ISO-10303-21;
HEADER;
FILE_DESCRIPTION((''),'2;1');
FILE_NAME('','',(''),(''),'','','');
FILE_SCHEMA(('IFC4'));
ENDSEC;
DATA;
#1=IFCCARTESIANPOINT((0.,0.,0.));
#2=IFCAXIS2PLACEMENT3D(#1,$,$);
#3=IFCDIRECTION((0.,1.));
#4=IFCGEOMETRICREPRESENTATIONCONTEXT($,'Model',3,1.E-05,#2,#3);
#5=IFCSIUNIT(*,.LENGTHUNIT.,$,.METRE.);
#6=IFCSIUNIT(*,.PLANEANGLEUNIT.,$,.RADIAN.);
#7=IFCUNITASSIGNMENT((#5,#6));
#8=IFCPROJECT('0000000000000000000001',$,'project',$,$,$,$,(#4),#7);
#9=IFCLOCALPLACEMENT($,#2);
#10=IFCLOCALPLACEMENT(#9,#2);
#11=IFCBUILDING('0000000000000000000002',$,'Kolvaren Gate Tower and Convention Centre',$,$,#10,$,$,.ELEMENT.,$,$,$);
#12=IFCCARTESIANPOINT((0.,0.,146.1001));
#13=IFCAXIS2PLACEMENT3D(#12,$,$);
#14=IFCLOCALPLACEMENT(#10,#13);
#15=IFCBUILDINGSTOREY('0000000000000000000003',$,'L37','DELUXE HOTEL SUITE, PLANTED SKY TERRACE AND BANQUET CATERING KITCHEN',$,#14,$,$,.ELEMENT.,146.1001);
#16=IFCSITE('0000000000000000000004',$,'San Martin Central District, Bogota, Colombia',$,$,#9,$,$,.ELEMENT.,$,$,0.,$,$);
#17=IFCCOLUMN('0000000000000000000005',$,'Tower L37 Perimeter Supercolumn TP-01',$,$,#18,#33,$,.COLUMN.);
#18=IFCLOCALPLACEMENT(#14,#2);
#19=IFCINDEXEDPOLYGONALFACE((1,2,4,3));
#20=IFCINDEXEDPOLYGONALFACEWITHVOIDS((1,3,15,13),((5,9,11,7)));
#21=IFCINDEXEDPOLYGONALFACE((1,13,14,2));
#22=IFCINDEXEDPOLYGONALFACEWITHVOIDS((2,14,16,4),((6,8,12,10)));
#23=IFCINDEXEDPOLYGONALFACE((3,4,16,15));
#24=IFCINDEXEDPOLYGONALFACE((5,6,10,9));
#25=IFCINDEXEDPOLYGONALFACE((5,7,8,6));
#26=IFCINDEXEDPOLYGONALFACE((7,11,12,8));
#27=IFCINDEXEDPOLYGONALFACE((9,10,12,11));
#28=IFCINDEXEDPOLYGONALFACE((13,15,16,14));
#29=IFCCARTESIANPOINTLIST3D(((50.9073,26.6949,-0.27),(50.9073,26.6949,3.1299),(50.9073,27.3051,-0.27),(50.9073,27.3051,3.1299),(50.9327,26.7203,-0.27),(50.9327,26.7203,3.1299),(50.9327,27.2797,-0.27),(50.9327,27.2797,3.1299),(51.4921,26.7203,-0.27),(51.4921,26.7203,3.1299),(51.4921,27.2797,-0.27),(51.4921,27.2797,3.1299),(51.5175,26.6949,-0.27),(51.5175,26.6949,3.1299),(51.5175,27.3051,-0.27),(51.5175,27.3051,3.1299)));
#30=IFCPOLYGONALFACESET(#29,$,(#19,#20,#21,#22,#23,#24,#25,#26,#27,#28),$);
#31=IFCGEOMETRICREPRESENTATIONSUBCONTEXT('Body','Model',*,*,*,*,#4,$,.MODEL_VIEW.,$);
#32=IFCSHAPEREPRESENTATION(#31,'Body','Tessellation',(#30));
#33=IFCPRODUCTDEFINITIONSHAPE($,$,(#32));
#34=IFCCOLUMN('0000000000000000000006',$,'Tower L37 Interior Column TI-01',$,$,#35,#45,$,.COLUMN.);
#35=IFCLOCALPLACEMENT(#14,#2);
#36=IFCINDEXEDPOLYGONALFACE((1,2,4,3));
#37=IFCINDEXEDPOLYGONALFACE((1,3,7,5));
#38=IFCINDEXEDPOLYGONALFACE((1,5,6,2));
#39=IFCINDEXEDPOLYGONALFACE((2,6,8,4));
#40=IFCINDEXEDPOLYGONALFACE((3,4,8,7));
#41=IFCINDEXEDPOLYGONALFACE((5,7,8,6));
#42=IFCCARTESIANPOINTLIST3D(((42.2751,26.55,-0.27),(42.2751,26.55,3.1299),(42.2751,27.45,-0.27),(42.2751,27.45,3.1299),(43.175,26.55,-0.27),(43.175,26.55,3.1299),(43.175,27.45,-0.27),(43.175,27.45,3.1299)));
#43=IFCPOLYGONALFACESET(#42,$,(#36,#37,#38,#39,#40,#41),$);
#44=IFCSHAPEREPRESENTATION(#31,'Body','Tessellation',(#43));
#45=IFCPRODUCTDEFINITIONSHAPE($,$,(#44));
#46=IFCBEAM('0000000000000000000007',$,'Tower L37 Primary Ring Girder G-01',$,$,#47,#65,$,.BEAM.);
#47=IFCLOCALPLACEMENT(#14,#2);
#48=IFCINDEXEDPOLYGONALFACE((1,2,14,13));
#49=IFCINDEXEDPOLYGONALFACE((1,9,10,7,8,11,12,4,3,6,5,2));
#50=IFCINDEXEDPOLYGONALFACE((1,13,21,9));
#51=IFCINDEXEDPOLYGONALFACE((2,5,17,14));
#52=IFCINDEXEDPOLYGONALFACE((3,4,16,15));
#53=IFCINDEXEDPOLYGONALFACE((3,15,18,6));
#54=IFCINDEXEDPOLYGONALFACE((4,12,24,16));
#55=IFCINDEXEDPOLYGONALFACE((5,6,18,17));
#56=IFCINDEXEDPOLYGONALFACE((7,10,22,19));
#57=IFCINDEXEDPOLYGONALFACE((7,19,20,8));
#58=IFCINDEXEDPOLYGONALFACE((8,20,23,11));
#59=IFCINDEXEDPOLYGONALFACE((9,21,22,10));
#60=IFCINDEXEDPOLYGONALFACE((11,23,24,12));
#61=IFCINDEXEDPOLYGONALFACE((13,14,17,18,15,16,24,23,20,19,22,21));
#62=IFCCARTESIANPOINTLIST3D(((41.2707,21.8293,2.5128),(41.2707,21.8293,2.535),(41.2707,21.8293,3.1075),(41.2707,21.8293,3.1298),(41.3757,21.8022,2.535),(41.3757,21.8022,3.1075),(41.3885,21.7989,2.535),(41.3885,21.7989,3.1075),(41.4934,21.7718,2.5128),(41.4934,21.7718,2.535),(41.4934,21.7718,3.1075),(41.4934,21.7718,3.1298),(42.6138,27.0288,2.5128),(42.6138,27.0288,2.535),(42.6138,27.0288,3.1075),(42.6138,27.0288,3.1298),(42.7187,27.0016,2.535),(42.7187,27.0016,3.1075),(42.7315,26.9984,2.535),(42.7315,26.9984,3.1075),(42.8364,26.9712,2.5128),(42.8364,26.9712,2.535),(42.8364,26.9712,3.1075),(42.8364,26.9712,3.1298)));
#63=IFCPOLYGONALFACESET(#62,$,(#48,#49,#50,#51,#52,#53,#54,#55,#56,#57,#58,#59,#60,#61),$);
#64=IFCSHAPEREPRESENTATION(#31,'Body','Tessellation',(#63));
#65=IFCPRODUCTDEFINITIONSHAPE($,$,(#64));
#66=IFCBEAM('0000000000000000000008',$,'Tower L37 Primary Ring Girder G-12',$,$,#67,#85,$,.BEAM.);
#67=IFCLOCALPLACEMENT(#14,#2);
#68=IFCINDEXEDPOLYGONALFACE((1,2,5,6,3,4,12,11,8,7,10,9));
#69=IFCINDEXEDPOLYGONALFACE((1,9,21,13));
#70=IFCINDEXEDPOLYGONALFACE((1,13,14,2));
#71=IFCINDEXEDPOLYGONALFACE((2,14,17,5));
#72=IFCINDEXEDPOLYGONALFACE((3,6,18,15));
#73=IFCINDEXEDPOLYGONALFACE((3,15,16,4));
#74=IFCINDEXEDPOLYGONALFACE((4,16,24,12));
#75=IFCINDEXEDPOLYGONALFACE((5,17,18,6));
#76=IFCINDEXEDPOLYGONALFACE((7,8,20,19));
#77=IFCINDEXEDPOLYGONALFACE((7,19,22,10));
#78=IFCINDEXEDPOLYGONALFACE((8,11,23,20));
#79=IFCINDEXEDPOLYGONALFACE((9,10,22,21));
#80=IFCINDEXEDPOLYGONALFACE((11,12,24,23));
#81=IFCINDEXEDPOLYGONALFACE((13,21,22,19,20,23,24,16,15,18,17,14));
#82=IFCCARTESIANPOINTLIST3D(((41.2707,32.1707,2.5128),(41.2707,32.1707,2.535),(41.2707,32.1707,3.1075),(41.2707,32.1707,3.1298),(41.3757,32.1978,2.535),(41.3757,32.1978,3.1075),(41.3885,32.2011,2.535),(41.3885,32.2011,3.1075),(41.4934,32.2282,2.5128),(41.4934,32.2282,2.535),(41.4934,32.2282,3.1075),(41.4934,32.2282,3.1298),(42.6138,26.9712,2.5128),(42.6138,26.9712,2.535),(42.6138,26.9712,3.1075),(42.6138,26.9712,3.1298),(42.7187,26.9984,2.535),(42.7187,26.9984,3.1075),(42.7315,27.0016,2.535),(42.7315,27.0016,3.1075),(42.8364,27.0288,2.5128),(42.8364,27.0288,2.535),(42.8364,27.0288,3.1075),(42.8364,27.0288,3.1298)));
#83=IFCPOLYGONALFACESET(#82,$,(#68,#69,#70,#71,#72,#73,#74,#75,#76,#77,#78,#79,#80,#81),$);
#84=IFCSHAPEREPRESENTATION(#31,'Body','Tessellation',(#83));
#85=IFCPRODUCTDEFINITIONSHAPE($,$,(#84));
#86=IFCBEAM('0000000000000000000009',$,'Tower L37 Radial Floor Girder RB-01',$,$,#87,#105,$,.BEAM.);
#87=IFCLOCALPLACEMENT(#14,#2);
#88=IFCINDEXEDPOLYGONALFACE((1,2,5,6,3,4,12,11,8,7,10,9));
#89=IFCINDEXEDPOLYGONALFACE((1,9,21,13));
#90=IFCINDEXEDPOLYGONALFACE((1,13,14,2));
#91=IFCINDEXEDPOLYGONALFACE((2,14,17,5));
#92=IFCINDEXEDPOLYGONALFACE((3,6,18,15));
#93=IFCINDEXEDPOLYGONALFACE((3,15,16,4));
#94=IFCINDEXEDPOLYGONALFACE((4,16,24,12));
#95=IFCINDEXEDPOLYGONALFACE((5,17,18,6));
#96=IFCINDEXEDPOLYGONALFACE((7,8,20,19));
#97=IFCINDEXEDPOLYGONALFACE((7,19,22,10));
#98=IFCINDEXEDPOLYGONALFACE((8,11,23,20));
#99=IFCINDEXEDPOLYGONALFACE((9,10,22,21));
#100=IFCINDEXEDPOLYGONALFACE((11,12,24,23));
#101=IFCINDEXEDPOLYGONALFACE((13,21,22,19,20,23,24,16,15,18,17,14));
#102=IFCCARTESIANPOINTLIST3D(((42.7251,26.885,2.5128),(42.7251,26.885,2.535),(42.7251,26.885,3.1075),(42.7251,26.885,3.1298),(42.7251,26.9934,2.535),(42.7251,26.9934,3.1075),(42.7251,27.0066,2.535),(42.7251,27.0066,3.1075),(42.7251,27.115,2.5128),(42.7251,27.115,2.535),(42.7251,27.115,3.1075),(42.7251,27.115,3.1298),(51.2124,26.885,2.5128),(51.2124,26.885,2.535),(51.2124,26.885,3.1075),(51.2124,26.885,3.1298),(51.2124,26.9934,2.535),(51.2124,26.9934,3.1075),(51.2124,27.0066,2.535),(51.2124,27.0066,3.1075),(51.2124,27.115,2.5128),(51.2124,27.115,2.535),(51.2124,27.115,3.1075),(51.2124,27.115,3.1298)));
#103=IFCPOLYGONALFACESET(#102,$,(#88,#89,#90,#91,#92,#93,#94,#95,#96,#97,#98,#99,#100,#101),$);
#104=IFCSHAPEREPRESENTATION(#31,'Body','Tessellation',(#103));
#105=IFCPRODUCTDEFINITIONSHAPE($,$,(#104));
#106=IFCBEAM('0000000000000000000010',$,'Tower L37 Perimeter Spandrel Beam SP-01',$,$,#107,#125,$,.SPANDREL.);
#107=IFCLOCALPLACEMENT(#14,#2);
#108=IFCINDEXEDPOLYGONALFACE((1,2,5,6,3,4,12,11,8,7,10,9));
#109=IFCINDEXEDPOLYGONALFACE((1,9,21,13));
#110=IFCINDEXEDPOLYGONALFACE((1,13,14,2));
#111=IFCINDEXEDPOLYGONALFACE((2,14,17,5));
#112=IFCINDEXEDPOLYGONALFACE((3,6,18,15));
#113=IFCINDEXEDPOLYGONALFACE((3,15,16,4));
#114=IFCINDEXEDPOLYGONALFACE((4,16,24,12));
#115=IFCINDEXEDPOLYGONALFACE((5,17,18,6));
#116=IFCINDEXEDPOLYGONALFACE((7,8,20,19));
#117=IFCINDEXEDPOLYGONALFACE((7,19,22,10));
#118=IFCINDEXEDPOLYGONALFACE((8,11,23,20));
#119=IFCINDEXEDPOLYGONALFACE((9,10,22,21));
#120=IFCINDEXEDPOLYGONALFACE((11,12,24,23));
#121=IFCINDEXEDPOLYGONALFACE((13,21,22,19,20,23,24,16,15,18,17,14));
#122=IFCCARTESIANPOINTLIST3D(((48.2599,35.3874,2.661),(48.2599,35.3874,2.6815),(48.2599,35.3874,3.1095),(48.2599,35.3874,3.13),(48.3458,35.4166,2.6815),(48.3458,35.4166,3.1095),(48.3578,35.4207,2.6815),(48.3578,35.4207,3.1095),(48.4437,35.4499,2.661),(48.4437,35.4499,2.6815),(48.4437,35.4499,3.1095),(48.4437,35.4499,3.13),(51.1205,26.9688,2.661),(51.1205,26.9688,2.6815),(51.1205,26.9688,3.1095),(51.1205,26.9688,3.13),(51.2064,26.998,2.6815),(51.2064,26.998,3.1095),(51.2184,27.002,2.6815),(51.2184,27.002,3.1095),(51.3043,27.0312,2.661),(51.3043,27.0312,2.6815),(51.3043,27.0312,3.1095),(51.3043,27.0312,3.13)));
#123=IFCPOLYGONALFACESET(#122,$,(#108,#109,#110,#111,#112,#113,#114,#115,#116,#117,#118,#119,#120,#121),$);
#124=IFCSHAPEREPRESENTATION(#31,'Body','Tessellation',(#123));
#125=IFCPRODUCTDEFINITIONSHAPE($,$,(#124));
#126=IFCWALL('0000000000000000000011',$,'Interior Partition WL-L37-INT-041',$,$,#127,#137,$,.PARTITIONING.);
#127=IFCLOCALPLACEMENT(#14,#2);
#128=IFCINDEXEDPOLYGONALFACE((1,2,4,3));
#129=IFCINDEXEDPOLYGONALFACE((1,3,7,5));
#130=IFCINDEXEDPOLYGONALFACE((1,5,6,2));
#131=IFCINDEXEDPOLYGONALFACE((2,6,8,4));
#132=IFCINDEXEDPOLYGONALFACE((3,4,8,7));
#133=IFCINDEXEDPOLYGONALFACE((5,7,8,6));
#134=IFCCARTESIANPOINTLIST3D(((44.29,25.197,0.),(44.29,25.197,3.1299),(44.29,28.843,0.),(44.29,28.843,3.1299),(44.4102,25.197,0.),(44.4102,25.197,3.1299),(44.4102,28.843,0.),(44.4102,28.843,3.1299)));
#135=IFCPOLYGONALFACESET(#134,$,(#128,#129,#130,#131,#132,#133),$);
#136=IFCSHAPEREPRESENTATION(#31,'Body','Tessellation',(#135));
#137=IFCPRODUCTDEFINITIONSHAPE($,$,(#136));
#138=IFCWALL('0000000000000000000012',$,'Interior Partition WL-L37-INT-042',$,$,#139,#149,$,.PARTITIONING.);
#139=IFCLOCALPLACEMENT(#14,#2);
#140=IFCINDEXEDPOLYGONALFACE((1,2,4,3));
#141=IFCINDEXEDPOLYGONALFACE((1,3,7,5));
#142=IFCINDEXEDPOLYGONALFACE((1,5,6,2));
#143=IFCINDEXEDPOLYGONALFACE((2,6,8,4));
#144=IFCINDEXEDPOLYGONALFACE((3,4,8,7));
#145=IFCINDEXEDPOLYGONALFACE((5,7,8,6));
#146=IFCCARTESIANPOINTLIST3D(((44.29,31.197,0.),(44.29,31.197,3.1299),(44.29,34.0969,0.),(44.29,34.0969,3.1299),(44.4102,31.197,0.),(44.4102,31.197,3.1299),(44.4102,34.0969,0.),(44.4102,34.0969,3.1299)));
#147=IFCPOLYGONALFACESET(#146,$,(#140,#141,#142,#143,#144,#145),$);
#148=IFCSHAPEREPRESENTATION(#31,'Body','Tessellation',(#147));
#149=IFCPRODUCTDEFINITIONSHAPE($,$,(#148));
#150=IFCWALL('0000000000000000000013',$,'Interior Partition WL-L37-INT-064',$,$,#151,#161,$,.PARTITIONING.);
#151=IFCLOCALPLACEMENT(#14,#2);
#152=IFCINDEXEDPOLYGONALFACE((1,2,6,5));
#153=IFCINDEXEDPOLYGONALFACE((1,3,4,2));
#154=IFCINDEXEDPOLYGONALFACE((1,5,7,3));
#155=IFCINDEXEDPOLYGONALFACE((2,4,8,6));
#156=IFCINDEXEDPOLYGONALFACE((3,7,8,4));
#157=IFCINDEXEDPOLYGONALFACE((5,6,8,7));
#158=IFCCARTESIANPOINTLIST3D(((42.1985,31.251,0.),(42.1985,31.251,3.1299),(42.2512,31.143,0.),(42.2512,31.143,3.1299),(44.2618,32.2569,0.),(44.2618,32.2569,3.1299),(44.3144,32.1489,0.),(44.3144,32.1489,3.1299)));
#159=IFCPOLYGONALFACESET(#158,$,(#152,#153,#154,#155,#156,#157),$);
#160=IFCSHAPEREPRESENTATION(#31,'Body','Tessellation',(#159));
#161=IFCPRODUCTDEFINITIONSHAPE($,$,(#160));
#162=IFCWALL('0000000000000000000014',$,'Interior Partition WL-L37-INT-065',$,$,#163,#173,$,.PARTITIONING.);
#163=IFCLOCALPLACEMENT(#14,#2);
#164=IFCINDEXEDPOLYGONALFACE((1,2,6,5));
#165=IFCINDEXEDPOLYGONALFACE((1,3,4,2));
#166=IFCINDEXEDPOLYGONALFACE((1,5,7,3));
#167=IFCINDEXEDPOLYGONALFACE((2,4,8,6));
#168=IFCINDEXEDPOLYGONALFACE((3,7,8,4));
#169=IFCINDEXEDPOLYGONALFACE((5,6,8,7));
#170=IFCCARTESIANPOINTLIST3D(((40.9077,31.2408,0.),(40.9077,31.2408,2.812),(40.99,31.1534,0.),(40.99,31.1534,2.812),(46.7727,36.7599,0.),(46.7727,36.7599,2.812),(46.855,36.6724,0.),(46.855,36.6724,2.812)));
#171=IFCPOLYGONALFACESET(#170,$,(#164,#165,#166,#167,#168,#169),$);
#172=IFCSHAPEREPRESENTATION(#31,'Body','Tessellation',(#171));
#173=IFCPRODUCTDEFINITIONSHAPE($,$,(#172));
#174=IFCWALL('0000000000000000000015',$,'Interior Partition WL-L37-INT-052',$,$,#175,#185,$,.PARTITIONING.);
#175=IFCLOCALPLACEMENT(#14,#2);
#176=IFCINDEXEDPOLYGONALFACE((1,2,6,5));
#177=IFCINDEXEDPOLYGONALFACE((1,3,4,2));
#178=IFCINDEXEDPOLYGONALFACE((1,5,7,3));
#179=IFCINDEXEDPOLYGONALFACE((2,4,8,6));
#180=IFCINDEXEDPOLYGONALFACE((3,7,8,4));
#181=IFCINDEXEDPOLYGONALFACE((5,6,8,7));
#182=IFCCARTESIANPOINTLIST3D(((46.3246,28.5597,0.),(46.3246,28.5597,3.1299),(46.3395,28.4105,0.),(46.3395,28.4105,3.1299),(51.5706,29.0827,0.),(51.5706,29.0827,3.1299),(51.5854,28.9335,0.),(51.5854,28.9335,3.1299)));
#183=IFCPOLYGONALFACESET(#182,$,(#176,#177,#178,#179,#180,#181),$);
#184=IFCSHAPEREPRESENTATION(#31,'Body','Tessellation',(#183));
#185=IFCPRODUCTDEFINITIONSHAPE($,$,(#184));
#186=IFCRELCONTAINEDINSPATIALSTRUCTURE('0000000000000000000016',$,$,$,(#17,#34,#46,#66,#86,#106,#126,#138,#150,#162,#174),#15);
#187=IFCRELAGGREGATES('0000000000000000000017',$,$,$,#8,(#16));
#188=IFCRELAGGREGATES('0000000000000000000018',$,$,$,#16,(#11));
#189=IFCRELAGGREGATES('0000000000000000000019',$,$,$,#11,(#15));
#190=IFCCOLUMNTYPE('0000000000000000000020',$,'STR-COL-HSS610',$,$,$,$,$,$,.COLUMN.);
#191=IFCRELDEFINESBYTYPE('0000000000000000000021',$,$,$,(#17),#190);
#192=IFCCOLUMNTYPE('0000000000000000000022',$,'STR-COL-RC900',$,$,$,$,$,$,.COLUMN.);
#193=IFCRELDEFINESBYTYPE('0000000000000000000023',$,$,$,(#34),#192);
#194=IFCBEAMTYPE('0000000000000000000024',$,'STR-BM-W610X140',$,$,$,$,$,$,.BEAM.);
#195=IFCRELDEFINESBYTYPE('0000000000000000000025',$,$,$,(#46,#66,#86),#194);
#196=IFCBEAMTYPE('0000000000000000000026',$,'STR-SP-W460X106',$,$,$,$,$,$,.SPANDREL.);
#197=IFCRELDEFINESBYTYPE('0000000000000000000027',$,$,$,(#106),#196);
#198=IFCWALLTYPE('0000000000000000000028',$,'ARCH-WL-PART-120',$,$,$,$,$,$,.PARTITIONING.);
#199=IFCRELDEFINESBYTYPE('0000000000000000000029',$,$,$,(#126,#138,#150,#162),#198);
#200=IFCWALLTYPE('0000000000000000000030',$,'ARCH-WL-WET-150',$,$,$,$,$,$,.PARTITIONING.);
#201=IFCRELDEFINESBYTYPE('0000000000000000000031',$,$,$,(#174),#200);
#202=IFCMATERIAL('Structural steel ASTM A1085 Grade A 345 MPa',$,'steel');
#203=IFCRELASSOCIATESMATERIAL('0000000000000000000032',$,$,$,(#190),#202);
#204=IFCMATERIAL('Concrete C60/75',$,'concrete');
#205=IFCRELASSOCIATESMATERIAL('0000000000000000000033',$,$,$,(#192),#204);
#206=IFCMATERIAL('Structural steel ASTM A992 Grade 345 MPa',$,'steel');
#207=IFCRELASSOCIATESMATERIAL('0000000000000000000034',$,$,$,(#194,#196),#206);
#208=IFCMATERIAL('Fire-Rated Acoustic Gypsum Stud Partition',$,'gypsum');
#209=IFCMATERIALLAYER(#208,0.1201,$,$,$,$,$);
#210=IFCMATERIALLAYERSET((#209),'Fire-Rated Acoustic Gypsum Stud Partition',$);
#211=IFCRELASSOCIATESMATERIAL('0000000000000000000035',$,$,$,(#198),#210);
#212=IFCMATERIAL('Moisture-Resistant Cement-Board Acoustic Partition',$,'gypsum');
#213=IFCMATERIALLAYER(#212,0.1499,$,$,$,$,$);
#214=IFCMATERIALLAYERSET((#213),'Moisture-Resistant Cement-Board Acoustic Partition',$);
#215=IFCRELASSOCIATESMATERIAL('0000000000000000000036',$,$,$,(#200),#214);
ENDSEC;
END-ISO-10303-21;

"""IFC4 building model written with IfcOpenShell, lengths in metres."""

from ifc_helpers import new_model, si_unit, direction, frame, frame_2d, origin, origin_2d, place, context, subcontext, project, spatial, rectangle, hollow_rectangle, i_section, extrude, material, layer, layer_set, material_profile, profile_set, type_object, element, save


model = new_model("IFC4")

# Units and contexts
model_context = context("Model", 3, precision=1e-05, world=origin(), true_north=direction((0.0, 1.0)))
body_context = subcontext(model_context, "Body", "Model", "MODEL_VIEW")
ifc_project = project(units=[si_unit("LENGTHUNIT", "METRE"), si_unit("PLANEANGLEUNIT", "RADIAN")], contexts=[model_context])

# Site, building, storey
site_placement = place(None, origin())
site = spatial("IfcSite", under=ifc_project, at=site_placement, Name="San Martin Central District, Bogota, Colombia", CompositionType="ELEMENT", RefElevation=0.0)
building_placement = place(site_placement, origin())
building = spatial("IfcBuilding", under=site, at=building_placement, Name="Kolvaren Gate Tower and Convention Centre", CompositionType="ELEMENT")
storey_placement = place(building_placement, frame((0.0, 0.0, 146.1001)))
storey = spatial("IfcBuildingStorey", under=building, at=storey_placement, Name="L37", Description="DELUXE HOTEL SUITE, PLANTED SKY TERRACE AND BANQUET CATERING KITCHEN", CompositionType="ELEMENT", Elevation=146.1001)

# Columns
ifc_material_1 = material(Name="Structural steel ASTM A1085 Grade A 345 MPa", Category="steel")
ifc_material_profile_1 = material_profile(ifc_material_1, hollow_rectangle(XDim=0.6101, YDim=0.6101, WallThickness=0.0254, at=origin_2d()), Name="HSS610X610X25.4")
ifc_profile_set_1 = profile_set([ifc_material_profile_1], Name="Structural steel ASTM A1085 Grade A 345 MPa")
column_type_1 = type_object("IfcColumnType", Name="STR-COL-HSS610", PredefinedType="COLUMN", material=ifc_profile_set_1)
column_1_placement = place(storey_placement, frame((51.2124, 27.0, -0.27), z_axis=(0.0, 0.0, 1.0), x_axis=(1.0, 0.0, 0.0)))
element("IfcColumn", 1, at=column_1_placement, inside=storey, type_object=column_type_1, Name="Tower L37 Perimeter Supercolumn TP-01", PredefinedType="COLUMN", context=body_context, shape_type="SweptSolid", body=[
    extrude(hollow_rectangle(XDim=0.6101, YDim=0.6101, WallThickness=0.0254, at=origin_2d()), origin(), (0.0, 0.0, 1.0), 3.3999),
])
ifc_material_2 = material(Name="Concrete C60/75", Category="concrete")
ifc_material_profile_2 = material_profile(ifc_material_2, rectangle(XDim=0.8999, YDim=0.8999, at=origin_2d()), Name="RC-COL-900X900")
ifc_profile_set_2 = profile_set([ifc_material_profile_2], Name="Concrete C60/75")
column_type_2 = type_object("IfcColumnType", Name="STR-COL-RC900", PredefinedType="COLUMN", material=ifc_profile_set_2)
column_2_placement = place(storey_placement, frame((42.7251, 27.0, -0.27), z_axis=(0.0, 0.0, 1.0), x_axis=(1.0, 0.0, 0.0)))
element("IfcColumn", 2, at=column_2_placement, inside=storey, type_object=column_type_2, Name="Tower L37 Interior Column TI-01", PredefinedType="COLUMN", context=body_context, shape_type="SweptSolid", body=[
    extrude(rectangle(XDim=0.8999, YDim=0.8999, at=origin_2d()), origin(), (0.0, 0.0, 1.0), 3.3999),
])

# Beams
ifc_material_3 = material(Name="Structural steel ASTM A992 Grade 345 MPa", Category="steel")
ifc_material_profile_3 = material_profile(ifc_material_3, i_section(OverallWidth=0.23, OverallDepth=0.6169, WebThickness=0.0132, FlangeThickness=0.0222, at=origin_2d()), Name="W610X140")
ifc_profile_set_3 = profile_set([ifc_material_profile_3], Name="Structural steel ASTM A992 Grade 345 MPa")
beam_type_1 = type_object("IfcBeamType", Name="STR-BM-W610X140", PredefinedType="BEAM", material=ifc_profile_set_3)
for number, where, z_axis, x_axis, name in (
    (3, (42.7251, 27.0, 2.8213), (-0.250091, -0.968222, 0.0), (0.968222, -0.250091, 0.0), "Tower L37 Primary Ring Girder G-01"),
    (4, (42.7251, 27.0, 2.8213), (-0.250091, 0.968222, 0.0), (-0.968222, -0.250091, 0.0), "Tower L37 Primary Ring Girder G-12"),
):
    element("IfcBeam", number, at=place(storey_placement, frame(where, z_axis=z_axis, x_axis=x_axis)), inside=storey, type_object=beam_type_1, Name=name, PredefinedType="BEAM", context=body_context, shape_type="SweptSolid", body=[
        extrude(i_section(OverallWidth=0.23, OverallDepth=0.6169, WebThickness=0.0132, FlangeThickness=0.0222, at=origin_2d()), origin(), (0.0, 0.0, 1.0), 5.3701),
    ])
beam_1_placement = place(storey_placement, frame((42.7251, 27.0, 2.8213), z_axis=(1.0, 0.0, 0.0), x_axis=(0.0, 1.0, 0.0)))
element("IfcBeam", 5, at=beam_1_placement, inside=storey, type_object=beam_type_1, Name="Tower L37 Radial Floor Girder RB-01", PredefinedType="BEAM", context=body_context, shape_type="SweptSolid", body=[
    extrude(i_section(OverallWidth=0.23, OverallDepth=0.6169, WebThickness=0.0132, FlangeThickness=0.0222, at=origin_2d()), origin(), (0.0, 0.0, 1.0), 8.4873),
])
ifc_material_profile_4 = material_profile(ifc_material_3, i_section(OverallWidth=0.1941, OverallDepth=0.469, WebThickness=0.0127, FlangeThickness=0.0205, at=origin_2d()), Name="W460X106")
ifc_profile_set_4 = profile_set([ifc_material_profile_4], Name="Structural steel ASTM A992 Grade 345 MPa")
beam_type_2 = type_object("IfcBeamType", Name="STR-SP-W460X106", PredefinedType="SPANDREL", material=ifc_profile_set_4)
beam_2_placement = place(storey_placement, frame((51.2124, 27.0, 2.8955), z_axis=(-0.321725, 0.946833, 0.0), x_axis=(-0.946833, -0.321725, 0.0)))
element("IfcBeam", 6, at=beam_2_placement, inside=storey, type_object=beam_type_2, Name="Tower L37 Perimeter Spandrel Beam SP-01", PredefinedType="SPANDREL", context=body_context, shape_type="SweptSolid", body=[
    extrude(i_section(OverallWidth=0.1941, OverallDepth=0.469, WebThickness=0.0127, FlangeThickness=0.0205, at=origin_2d()), origin(), (0.0, 0.0, 1.0), 8.8914),
])

# Walls
ifc_material_4 = material(Name="Fire-Rated Acoustic Gypsum Stud Partition", Category="gypsum")
ifc_layer_1 = layer(ifc_material_4, 0.1201)
ifc_layer_set_1 = layer_set([ifc_layer_1], Name="Fire-Rated Acoustic Gypsum Stud Partition")
wall_type_1 = type_object("IfcWallType", Name="ARCH-WL-PART-120", PredefinedType="PARTITIONING", material=ifc_layer_set_1)
wall_1_placement = place(storey_placement, frame((44.3501, 25.197, 0.0), z_axis=(0.0, 0.0, 1.0), x_axis=(0.0, 1.0, 0.0)))
element("IfcWall", 7, at=wall_1_placement, inside=storey, type_object=wall_type_1, Name="Interior Partition WL-L37-INT-041", PredefinedType="PARTITIONING", context=body_context, shape_type="SweptSolid", body=[
    extrude(rectangle(XDim=3.646, YDim=0.1201, at=frame_2d((1.823, 0.0))), origin(), (0.0, 0.0, 1.0), 3.1299),
])
wall_2_placement = place(storey_placement, frame((44.3501, 31.197, 0.0), z_axis=(0.0, 0.0, 1.0), x_axis=(0.0, 1.0, 0.0)))
element("IfcWall", 8, at=wall_2_placement, inside=storey, type_object=wall_type_1, Name="Interior Partition WL-L37-INT-042", PredefinedType="PARTITIONING", context=body_context, shape_type="SweptSolid", body=[
    extrude(rectangle(XDim=2.8999, YDim=0.1201, at=frame_2d((1.45, 0.0))), origin(), (0.0, 0.0, 1.0), 3.1299),
])
wall_3_placement = place(storey_placement, frame((42.2249, 31.197, 0.0), z_axis=(0.0, 0.0, 1.0), x_axis=(0.898871, 0.438214, 0.0)))
element("IfcWall", 9, at=wall_3_placement, inside=storey, type_object=wall_type_1, Name="Interior Partition WL-L37-INT-064", PredefinedType="PARTITIONING", context=body_context, shape_type="SweptSolid", body=[
    extrude(rectangle(XDim=2.2954, YDim=0.1201, at=frame_2d((1.1477, 0.0))), origin(), (0.0, 0.0, 1.0), 3.1299),
])
wall_4_placement = place(storey_placement, frame((40.9487, 31.197, 0.0), z_axis=(0.0, 0.0, 1.0), x_axis=(0.728259, 0.685302, 0.0)))
element("IfcWall", 10, at=wall_4_placement, inside=storey, type_object=wall_type_1, Name="Interior Partition WL-L37-INT-065", PredefinedType="PARTITIONING", context=body_context, shape_type="SweptSolid", body=[
    extrude(rectangle(XDim=8.0535, YDim=0.1201, at=frame_2d((4.0269, 0.0))), origin(), (0.0, 0.0, 1.0), 2.812),
])
ifc_material_5 = material(Name="Moisture-Resistant Cement-Board Acoustic Partition", Category="gypsum")
ifc_layer_2 = layer(ifc_material_5, 0.1499)
ifc_layer_set_2 = layer_set([ifc_layer_2], Name="Moisture-Resistant Cement-Board Acoustic Partition")
wall_type_2 = type_object("IfcWallType", Name="ARCH-WL-WET-150", PredefinedType="PARTITIONING", material=ifc_layer_set_2)
wall_5_placement = place(storey_placement, frame((46.332, 28.4851, 0.0), z_axis=(0.0, 0.0, 1.0), x_axis=(0.995068, 0.099197, 0.0)))
element("IfcWall", 11, at=wall_5_placement, inside=storey, type_object=wall_type_2, Name="Interior Partition WL-L37-INT-052", PredefinedType="PARTITIONING", context=body_context, shape_type="SweptSolid", body=[
    extrude(rectangle(XDim=5.272, YDim=0.1499, at=frame_2d((2.636, 0.0))), origin(), (0.0, 0.0, 1.0), 3.1299),
])

save(model, "model.ifc")
